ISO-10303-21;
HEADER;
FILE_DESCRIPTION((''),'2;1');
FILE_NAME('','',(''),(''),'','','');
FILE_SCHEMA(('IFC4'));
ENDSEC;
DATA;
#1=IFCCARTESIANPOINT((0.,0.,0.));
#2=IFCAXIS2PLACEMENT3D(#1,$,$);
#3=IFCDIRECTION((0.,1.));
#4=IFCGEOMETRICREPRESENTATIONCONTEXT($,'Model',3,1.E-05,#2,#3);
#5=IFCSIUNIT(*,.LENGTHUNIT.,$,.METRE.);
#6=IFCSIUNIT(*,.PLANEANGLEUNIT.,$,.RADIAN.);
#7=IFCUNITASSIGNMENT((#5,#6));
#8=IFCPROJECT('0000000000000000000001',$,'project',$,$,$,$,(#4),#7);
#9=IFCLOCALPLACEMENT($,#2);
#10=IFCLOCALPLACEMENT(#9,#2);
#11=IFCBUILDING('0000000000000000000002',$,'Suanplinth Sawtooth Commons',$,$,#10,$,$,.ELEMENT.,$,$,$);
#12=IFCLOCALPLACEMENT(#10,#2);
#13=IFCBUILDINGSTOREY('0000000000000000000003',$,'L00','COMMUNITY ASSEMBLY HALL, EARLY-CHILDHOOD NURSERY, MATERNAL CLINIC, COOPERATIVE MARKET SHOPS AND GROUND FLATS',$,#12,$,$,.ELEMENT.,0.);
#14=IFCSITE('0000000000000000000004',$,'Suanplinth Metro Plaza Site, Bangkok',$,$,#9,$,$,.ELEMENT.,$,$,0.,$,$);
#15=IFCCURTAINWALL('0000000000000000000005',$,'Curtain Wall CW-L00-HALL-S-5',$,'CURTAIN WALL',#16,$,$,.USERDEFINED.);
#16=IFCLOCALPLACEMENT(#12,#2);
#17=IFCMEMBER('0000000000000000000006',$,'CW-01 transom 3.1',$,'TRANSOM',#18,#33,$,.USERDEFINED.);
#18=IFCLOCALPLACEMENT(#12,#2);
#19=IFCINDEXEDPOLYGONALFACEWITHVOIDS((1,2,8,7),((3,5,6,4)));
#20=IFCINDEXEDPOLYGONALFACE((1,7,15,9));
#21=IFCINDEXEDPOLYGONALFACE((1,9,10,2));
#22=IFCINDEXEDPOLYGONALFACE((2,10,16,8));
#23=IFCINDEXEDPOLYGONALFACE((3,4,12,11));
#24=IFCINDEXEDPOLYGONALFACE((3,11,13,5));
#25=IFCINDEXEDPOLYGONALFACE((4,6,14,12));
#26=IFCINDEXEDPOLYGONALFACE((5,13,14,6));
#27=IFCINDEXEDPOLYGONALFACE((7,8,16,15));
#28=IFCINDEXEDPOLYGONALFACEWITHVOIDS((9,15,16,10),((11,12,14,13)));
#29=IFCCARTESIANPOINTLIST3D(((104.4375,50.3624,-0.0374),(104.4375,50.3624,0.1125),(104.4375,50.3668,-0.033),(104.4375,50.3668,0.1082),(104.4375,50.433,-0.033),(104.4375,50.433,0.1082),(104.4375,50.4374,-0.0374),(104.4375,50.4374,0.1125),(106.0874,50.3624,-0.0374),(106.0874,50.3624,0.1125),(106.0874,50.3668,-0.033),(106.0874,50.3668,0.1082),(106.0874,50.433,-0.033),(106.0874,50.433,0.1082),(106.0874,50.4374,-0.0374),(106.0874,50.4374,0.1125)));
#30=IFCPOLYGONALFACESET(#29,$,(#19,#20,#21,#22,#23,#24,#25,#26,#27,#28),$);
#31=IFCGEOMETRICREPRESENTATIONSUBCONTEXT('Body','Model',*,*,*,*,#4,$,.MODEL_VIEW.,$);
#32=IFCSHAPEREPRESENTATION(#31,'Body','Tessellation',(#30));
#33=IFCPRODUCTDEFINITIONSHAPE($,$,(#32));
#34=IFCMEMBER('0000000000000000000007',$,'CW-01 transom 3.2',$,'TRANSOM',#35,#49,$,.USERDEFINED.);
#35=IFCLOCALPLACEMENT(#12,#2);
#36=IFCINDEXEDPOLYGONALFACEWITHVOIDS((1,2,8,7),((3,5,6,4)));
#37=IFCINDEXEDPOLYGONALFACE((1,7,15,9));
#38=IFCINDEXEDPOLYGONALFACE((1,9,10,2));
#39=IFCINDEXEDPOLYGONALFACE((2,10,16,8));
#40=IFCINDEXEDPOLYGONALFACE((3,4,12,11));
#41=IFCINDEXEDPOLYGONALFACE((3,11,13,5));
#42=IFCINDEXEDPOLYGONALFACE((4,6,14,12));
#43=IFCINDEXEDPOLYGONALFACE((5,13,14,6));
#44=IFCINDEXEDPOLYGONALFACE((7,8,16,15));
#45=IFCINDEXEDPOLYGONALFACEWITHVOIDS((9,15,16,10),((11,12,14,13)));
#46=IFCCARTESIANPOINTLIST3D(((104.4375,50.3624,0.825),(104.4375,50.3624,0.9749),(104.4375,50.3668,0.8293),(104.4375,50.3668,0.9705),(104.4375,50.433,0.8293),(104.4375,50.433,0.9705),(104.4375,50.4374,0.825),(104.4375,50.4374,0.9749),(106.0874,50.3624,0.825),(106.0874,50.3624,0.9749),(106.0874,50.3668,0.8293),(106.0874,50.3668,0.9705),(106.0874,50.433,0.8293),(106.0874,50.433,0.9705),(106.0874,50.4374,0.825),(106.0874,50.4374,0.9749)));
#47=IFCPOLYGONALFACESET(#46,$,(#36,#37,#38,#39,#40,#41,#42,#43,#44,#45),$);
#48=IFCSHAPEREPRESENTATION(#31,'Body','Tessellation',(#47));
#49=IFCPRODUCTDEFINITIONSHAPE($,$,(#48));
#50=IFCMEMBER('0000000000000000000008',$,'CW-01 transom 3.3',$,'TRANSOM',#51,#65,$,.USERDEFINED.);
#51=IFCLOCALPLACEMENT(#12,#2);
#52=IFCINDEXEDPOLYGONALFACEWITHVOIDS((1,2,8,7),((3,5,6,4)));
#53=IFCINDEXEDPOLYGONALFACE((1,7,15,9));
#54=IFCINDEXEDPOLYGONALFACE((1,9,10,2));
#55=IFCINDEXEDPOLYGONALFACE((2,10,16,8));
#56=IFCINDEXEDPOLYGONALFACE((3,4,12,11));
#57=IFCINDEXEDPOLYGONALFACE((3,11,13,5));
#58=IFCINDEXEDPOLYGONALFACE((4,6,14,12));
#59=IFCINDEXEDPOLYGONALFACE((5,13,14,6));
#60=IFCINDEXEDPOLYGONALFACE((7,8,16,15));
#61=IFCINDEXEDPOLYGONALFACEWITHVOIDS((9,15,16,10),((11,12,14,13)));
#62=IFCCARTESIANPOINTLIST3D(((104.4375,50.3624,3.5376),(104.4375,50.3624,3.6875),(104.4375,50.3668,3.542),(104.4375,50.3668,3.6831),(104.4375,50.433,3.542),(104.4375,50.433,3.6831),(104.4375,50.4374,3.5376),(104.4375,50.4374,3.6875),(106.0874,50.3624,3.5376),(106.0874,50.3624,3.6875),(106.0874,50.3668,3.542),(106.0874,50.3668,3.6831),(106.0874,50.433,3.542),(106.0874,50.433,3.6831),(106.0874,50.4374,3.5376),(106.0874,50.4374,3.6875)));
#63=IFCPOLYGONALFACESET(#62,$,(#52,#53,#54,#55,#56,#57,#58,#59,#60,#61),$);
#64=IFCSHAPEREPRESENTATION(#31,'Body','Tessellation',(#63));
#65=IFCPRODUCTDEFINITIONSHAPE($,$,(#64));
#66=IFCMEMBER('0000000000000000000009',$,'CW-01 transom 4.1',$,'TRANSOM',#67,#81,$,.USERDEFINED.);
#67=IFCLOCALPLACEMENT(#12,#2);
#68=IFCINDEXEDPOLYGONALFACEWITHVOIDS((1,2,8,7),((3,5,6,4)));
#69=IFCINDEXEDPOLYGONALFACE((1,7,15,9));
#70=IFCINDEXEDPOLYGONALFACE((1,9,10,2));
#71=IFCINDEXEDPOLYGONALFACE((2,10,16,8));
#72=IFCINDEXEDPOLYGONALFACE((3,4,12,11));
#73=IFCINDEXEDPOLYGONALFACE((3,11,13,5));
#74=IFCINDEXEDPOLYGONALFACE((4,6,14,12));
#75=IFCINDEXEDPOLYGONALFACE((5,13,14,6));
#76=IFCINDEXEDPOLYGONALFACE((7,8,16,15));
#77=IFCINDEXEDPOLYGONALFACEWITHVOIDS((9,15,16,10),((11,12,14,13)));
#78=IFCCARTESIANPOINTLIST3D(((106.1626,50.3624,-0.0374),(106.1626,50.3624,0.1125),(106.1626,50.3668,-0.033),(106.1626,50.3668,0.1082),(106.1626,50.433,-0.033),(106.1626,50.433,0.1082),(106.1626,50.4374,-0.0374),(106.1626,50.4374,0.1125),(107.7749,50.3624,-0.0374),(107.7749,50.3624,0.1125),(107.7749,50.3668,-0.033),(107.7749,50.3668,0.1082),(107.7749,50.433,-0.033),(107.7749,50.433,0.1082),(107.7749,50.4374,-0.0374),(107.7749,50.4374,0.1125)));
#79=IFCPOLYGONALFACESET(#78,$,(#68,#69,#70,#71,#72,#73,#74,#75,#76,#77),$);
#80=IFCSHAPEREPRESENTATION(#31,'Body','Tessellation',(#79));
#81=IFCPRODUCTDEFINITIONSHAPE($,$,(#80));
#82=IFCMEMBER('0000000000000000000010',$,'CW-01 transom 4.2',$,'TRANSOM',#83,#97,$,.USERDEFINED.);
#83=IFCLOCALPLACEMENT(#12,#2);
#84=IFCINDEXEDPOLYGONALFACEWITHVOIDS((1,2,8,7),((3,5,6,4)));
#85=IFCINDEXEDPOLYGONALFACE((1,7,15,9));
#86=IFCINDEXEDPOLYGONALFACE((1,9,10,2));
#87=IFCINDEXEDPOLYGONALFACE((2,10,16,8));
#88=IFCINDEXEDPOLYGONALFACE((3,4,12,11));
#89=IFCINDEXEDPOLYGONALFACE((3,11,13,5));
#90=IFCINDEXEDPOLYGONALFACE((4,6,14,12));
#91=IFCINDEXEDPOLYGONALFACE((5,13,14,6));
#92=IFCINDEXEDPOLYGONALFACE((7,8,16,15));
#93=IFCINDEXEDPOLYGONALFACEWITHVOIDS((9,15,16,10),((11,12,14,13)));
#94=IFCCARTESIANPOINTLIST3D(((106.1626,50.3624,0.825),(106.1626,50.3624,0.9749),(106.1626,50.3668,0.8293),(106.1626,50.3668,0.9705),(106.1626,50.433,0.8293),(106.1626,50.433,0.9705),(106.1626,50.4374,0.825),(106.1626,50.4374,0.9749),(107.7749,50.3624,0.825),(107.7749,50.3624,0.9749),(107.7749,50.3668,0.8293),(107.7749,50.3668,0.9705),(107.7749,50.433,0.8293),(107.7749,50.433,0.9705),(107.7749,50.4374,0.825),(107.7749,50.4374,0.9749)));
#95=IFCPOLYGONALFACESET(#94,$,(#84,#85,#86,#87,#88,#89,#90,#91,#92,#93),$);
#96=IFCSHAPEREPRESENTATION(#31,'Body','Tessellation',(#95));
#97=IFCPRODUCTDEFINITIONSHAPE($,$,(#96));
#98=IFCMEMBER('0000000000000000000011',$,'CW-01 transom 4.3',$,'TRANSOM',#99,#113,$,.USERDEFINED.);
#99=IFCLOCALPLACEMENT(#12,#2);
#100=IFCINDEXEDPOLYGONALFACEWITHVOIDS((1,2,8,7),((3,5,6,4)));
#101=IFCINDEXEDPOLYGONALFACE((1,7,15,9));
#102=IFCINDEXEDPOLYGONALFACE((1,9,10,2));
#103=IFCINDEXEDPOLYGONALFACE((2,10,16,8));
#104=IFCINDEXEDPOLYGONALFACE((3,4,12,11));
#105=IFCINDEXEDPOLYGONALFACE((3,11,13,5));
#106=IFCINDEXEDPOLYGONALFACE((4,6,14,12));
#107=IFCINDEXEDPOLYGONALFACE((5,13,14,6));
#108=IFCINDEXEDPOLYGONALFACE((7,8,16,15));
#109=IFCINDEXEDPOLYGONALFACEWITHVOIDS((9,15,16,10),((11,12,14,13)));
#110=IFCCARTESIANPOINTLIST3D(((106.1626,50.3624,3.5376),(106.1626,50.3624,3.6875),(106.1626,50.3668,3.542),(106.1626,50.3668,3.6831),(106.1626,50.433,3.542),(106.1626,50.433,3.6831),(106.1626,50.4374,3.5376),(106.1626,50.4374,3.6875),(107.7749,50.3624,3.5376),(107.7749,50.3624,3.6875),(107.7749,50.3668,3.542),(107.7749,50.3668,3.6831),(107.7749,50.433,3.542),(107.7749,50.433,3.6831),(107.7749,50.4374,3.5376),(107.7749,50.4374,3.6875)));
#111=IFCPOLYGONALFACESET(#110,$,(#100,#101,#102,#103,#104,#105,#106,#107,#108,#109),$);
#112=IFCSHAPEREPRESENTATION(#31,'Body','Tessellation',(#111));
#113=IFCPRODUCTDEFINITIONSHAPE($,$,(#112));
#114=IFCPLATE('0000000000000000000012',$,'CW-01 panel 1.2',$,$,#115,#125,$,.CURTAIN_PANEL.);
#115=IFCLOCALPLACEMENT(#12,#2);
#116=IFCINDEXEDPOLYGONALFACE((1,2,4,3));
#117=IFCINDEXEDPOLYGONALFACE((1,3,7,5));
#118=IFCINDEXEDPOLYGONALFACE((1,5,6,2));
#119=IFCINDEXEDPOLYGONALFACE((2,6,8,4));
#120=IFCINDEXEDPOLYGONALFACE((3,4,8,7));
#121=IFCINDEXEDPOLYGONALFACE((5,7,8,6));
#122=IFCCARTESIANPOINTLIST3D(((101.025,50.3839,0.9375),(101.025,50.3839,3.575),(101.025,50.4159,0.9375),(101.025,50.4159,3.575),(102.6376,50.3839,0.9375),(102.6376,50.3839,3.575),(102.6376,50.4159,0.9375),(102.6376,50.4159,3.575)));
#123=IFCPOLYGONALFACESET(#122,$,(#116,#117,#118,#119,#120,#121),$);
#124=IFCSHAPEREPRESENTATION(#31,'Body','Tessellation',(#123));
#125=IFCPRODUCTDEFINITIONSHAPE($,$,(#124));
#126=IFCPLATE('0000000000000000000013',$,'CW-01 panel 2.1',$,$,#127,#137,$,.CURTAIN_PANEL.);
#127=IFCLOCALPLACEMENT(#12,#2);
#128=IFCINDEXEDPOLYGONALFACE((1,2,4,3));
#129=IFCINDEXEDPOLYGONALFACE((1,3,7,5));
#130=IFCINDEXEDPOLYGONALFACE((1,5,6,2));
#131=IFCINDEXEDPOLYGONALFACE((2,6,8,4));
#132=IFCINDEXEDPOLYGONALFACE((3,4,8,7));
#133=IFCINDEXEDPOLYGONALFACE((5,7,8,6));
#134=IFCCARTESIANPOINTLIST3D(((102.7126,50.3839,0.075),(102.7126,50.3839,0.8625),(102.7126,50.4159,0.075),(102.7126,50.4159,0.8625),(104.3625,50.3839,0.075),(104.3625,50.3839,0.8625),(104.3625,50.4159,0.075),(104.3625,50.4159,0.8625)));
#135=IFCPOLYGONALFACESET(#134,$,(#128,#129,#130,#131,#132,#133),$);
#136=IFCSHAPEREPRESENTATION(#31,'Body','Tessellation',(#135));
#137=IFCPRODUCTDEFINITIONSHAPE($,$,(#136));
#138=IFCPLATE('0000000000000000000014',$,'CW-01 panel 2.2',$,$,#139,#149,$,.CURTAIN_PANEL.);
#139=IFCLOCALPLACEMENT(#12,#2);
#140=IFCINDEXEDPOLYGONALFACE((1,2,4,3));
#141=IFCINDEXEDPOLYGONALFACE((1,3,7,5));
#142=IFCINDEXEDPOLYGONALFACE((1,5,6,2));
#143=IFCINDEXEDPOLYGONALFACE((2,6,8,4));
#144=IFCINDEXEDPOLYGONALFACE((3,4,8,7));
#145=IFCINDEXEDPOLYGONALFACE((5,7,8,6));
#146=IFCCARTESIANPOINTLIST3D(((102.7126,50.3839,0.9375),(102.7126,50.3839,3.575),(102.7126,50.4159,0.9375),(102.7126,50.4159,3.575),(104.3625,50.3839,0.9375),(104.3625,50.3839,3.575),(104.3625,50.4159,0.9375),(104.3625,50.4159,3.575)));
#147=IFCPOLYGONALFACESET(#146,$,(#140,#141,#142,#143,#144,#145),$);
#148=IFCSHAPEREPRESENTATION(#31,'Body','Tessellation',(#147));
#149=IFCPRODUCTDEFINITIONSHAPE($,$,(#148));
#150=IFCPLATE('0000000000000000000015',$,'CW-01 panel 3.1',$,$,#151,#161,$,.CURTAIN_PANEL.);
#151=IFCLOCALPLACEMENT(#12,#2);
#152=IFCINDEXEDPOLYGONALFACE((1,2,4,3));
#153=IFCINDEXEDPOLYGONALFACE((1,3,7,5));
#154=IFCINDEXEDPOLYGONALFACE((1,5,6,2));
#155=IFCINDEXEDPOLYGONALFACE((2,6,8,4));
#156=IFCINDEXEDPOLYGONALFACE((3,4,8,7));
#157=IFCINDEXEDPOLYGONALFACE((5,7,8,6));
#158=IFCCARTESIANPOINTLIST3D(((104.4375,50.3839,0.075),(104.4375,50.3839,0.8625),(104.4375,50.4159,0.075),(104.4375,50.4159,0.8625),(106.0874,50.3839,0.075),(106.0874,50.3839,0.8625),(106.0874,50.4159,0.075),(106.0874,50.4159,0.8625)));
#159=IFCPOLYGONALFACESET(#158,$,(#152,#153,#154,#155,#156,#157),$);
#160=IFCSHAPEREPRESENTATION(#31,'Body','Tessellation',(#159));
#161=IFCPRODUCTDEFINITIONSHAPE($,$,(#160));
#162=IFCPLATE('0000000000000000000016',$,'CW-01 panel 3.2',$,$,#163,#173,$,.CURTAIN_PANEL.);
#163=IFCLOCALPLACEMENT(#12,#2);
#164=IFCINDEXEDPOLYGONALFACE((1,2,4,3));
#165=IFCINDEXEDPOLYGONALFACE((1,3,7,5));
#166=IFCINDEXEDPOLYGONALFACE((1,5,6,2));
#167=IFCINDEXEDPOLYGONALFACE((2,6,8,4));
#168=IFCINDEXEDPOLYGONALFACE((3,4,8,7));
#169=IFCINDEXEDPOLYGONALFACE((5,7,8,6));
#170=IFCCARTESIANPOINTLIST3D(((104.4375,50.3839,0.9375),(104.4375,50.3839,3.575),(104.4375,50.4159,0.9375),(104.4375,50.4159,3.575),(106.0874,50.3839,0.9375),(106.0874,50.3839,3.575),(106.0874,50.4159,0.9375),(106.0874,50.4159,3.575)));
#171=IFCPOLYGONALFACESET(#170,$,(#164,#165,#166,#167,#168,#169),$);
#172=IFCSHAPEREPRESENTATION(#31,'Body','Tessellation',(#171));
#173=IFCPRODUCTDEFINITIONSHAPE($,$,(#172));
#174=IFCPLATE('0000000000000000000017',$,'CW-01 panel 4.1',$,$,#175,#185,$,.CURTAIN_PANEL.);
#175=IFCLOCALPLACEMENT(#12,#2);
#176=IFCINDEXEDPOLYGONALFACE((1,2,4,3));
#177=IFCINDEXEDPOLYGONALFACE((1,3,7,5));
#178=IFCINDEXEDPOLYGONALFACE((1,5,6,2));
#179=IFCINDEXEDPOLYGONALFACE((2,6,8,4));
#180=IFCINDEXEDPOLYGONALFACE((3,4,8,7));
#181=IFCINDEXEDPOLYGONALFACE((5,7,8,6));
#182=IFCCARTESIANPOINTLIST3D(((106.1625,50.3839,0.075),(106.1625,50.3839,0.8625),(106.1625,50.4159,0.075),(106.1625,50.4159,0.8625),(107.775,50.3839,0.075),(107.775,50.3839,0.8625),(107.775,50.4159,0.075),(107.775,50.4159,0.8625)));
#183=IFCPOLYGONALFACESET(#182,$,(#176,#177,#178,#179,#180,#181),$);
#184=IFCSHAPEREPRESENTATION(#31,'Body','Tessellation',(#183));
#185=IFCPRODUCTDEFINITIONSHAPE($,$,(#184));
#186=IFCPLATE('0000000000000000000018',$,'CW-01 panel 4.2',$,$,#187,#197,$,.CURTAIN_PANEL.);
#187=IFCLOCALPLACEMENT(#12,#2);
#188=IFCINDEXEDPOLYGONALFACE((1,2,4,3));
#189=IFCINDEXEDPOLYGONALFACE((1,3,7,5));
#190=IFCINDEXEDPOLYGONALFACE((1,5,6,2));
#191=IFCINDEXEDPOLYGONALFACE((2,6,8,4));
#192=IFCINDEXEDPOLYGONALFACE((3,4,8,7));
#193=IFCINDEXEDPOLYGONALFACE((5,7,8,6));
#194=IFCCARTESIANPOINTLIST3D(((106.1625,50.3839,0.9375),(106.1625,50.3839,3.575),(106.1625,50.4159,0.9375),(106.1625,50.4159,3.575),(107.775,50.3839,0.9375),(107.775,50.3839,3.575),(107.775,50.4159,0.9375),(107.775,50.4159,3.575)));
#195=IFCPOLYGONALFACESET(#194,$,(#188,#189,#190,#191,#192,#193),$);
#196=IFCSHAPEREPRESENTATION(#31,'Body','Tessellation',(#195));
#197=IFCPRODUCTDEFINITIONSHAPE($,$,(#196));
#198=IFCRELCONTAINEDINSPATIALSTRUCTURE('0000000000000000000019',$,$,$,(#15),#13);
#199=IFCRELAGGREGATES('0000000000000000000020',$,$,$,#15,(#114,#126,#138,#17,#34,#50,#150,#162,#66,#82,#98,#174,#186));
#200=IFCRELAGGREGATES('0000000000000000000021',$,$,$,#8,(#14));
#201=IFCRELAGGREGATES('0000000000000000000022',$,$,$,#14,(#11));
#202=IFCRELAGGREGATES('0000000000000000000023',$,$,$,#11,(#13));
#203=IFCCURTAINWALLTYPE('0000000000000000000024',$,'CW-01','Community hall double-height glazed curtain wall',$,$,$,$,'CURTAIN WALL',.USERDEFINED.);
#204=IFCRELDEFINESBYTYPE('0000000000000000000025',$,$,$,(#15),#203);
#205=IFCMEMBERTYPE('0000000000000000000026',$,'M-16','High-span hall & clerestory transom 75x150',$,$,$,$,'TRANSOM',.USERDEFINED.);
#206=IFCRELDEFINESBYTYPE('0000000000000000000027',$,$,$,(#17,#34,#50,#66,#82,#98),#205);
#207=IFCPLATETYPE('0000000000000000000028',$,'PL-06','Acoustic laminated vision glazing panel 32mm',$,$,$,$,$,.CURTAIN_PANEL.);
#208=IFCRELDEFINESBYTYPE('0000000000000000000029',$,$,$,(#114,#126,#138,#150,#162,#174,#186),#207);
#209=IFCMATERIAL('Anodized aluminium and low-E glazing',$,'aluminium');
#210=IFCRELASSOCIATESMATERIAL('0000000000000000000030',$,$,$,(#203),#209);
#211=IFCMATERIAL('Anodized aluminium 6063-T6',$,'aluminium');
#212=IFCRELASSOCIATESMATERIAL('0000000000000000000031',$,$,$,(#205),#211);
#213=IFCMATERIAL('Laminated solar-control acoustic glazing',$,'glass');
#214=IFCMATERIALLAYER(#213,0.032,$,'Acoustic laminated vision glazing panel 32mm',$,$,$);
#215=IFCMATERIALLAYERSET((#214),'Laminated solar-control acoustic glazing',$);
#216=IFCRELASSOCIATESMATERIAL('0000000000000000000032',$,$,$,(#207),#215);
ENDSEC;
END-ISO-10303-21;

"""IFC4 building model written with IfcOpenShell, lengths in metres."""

from ifc_helpers import new_model, si_unit, direction, frame, origin, origin_2d, place, context, subcontext, project, spatial, rectangle, hollow_rectangle, extrude, material, layer, layer_set, material_profile, profile_set, type_object, element, aggregate, save


model = new_model("IFC4")

# Units and contexts
model_context = context("Model", 3, precision=1e-05, world=origin(), true_north=direction((0.0, 1.0)))
body_context = subcontext(model_context, "Body", "Model", "MODEL_VIEW")
ifc_project = project(units=[si_unit("LENGTHUNIT", "METRE"), si_unit("PLANEANGLEUNIT", "RADIAN")], contexts=[model_context])

# Site, building, storey
site_placement = place(None, origin())
site = spatial("IfcSite", under=ifc_project, at=site_placement, Name="Suanplinth Metro Plaza Site, Bangkok", CompositionType="ELEMENT", RefElevation=0.0)
building_placement = place(site_placement, origin())
building = spatial("IfcBuilding", under=site, at=building_placement, Name="Suanplinth Sawtooth Commons", CompositionType="ELEMENT")
storey_placement = place(building_placement, origin())
storey = spatial("IfcBuildingStorey", under=building, at=storey_placement, Name="L00", Description="COMMUNITY ASSEMBLY HALL, EARLY-CHILDHOOD NURSERY, MATERNAL CLINIC, COOPERATIVE MARKET SHOPS AND GROUND FLATS", CompositionType="ELEMENT", Elevation=0.0)

# Curtain wall, members, plates
ifc_material_1 = material(Name="Anodized aluminium and low-E glazing", Category="aluminium")
curtain_wall_type = type_object("IfcCurtainWallType", Name="CW-01", Description="Community hall double-height glazed curtain wall", ElementType="CURTAIN WALL", PredefinedType="USERDEFINED", material=ifc_material_1)
curtain_wall_placement = place(storey_placement, origin())
curtain_wall = element("IfcCurtainWall", 1, at=curtain_wall_placement, inside=storey, type_object=curtain_wall_type, Name="Curtain Wall CW-L00-HALL-S-5", ObjectType="CURTAIN WALL", PredefinedType="USERDEFINED")
ifc_material_2 = material(Name="Anodized aluminium 6063-T6", Category="aluminium")
ifc_material_profile_1 = material_profile(ifc_material_2, hollow_rectangle(XDim=0.075, YDim=0.1499, WallThickness=0.0044, at=origin_2d()), Name="ALU-TRN 75x150")
ifc_profile_set_1 = profile_set([ifc_material_profile_1], Name="Anodized aluminium 6063-T6")
member_type_1 = type_object("IfcMemberType", Name="M-16", Description="High-span hall & clerestory transom 75x150", ElementType="TRANSOM", PredefinedType="USERDEFINED", material=ifc_profile_set_1)
member_1_placement = place(storey_placement, frame((104.4375, 50.3999, 0.0376), z_axis=(1.0, 0.0, 0.0), x_axis=(0.0, 1.0, 0.0)))
member_1 = element("IfcMember", 2, at=member_1_placement, type_object=member_type_1, Name="CW-01 transom 3.1", ObjectType="TRANSOM", PredefinedType="USERDEFINED", context=body_context, shape_type="SweptSolid", body=[
    extrude(hollow_rectangle(XDim=0.075, YDim=0.1499, WallThickness=0.0044, at=origin_2d()), origin(), (0.0, 0.0, 1.0), 1.6499),
])
member_2_placement = place(storey_placement, frame((104.4375, 50.3999, 0.8999), z_axis=(1.0, 0.0, 0.0), x_axis=(0.0, 1.0, 0.0)))
member_2 = element("IfcMember", 3, at=member_2_placement, type_object=member_type_1, Name="CW-01 transom 3.2", ObjectType="TRANSOM", PredefinedType="USERDEFINED", context=body_context, shape_type="SweptSolid", body=[
    extrude(hollow_rectangle(XDim=0.075, YDim=0.1499, WallThickness=0.0044, at=origin_2d()), origin(), (0.0, 0.0, 1.0), 1.6499),
])
member_3_placement = place(storey_placement, frame((104.4375, 50.3999, 3.6125), z_axis=(1.0, 0.0, 0.0), x_axis=(0.0, 1.0, 0.0)))
member_3 = element("IfcMember", 4, at=member_3_placement, type_object=member_type_1, Name="CW-01 transom 3.3", ObjectType="TRANSOM", PredefinedType="USERDEFINED", context=body_context, shape_type="SweptSolid", body=[
    extrude(hollow_rectangle(XDim=0.075, YDim=0.1499, WallThickness=0.0044, at=origin_2d()), origin(), (0.0, 0.0, 1.0), 1.6499),
])
member_4_placement = place(storey_placement, frame((106.1626, 50.3999, 0.0376), z_axis=(1.0, 0.0, 0.0), x_axis=(0.0, 1.0, 0.0)))
member_4 = element("IfcMember", 5, at=member_4_placement, type_object=member_type_1, Name="CW-01 transom 4.1", ObjectType="TRANSOM", PredefinedType="USERDEFINED", context=body_context, shape_type="SweptSolid", body=[
    extrude(hollow_rectangle(XDim=0.075, YDim=0.1499, WallThickness=0.0044, at=origin_2d()), origin(), (0.0, 0.0, 1.0), 1.6123),
])
member_5_placement = place(storey_placement, frame((106.1626, 50.3999, 0.8999), z_axis=(1.0, 0.0, 0.0), x_axis=(0.0, 1.0, 0.0)))
member_5 = element("IfcMember", 6, at=member_5_placement, type_object=member_type_1, Name="CW-01 transom 4.2", ObjectType="TRANSOM", PredefinedType="USERDEFINED", context=body_context, shape_type="SweptSolid", body=[
    extrude(hollow_rectangle(XDim=0.075, YDim=0.1499, WallThickness=0.0044, at=origin_2d()), origin(), (0.0, 0.0, 1.0), 1.6123),
])
member_6_placement = place(storey_placement, frame((106.1626, 50.3999, 3.6125), z_axis=(1.0, 0.0, 0.0), x_axis=(0.0, 1.0, 0.0)))
member_6 = element("IfcMember", 7, at=member_6_placement, type_object=member_type_1, Name="CW-01 transom 4.3", ObjectType="TRANSOM", PredefinedType="USERDEFINED", context=body_context, shape_type="SweptSolid", body=[
    extrude(hollow_rectangle(XDim=0.075, YDim=0.1499, WallThickness=0.0044, at=origin_2d()), origin(), (0.0, 0.0, 1.0), 1.6123),
])
ifc_material_3 = material(Name="Laminated solar-control acoustic glazing", Category="glass")
ifc_layer_1 = layer(ifc_material_3, 0.032, Name="Acoustic laminated vision glazing panel 32mm")
ifc_layer_set_1 = layer_set([ifc_layer_1], Name="Laminated solar-control acoustic glazing")
plate_type = type_object("IfcPlateType", Name="PL-06", Description="Acoustic laminated vision glazing panel 32mm", PredefinedType="CURTAIN_PANEL", material=ifc_layer_set_1)
plate_1_placement = place(storey_placement, frame((101.8313, 50.3999, 0.9375), z_axis=(0.0, 0.0, 1.0), x_axis=(1.0, 0.0, 0.0)))
plate_1 = element("IfcPlate", 8, at=plate_1_placement, type_object=plate_type, Name="CW-01 panel 1.2", PredefinedType="CURTAIN_PANEL", context=body_context, shape_type="SweptSolid", body=[
    extrude(rectangle(XDim=1.6125, YDim=0.032, at=origin_2d()), origin(), (0.0, 0.0, 1.0), 2.6375),
])
plate_2_placement = place(storey_placement, frame((103.5376, 50.3999, 0.075), z_axis=(0.0, 0.0, 1.0), x_axis=(1.0, 0.0, 0.0)))
plate_2 = element("IfcPlate", 9, at=plate_2_placement, type_object=plate_type, Name="CW-01 panel 2.1", PredefinedType="CURTAIN_PANEL", context=body_context, shape_type="SweptSolid", body=[
    extrude(rectangle(XDim=1.6499, YDim=0.032, at=origin_2d()), origin(), (0.0, 0.0, 1.0), 0.7876),
])
plate_3_placement = place(storey_placement, frame((103.5376, 50.3999, 0.9375), z_axis=(0.0, 0.0, 1.0), x_axis=(1.0, 0.0, 0.0)))
plate_3 = element("IfcPlate", 10, at=plate_3_placement, type_object=plate_type, Name="CW-01 panel 2.2", PredefinedType="CURTAIN_PANEL", context=body_context, shape_type="SweptSolid", body=[
    extrude(rectangle(XDim=1.6499, YDim=0.032, at=origin_2d()), origin(), (0.0, 0.0, 1.0), 2.6375),
])
plate_4_placement = place(storey_placement, frame((105.2625, 50.3999, 0.075), z_axis=(0.0, 0.0, 1.0), x_axis=(1.0, 0.0, 0.0)))
plate_4 = element("IfcPlate", 11, at=plate_4_placement, type_object=plate_type, Name="CW-01 panel 3.1", PredefinedType="CURTAIN_PANEL", context=body_context, shape_type="SweptSolid", body=[
    extrude(rectangle(XDim=1.6499, YDim=0.032, at=origin_2d()), origin(), (0.0, 0.0, 1.0), 0.7876),
])
plate_5_placement = place(storey_placement, frame((105.2625, 50.3999, 0.9375), z_axis=(0.0, 0.0, 1.0), x_axis=(1.0, 0.0, 0.0)))
plate_5 = element("IfcPlate", 12, at=plate_5_placement, type_object=plate_type, Name="CW-01 panel 3.2", PredefinedType="CURTAIN_PANEL", context=body_context, shape_type="SweptSolid", body=[
    extrude(rectangle(XDim=1.6499, YDim=0.032, at=origin_2d()), origin(), (0.0, 0.0, 1.0), 2.6375),
])
plate_6_placement = place(storey_placement, frame((106.9688, 50.3999, 0.075), z_axis=(0.0, 0.0, 1.0), x_axis=(1.0, 0.0, 0.0)))
plate_6 = element("IfcPlate", 13, at=plate_6_placement, type_object=plate_type, Name="CW-01 panel 4.1", PredefinedType="CURTAIN_PANEL", context=body_context, shape_type="SweptSolid", body=[
    extrude(rectangle(XDim=1.6125, YDim=0.032, at=origin_2d()), origin(), (0.0, 0.0, 1.0), 0.7876),
])
plate_7_placement = place(storey_placement, frame((106.9688, 50.3999, 0.9375), z_axis=(0.0, 0.0, 1.0), x_axis=(1.0, 0.0, 0.0)))
plate_7 = element("IfcPlate", 14, at=plate_7_placement, type_object=plate_type, Name="CW-01 panel 4.2", PredefinedType="CURTAIN_PANEL", context=body_context, shape_type="SweptSolid", body=[
    extrude(rectangle(XDim=1.6125, YDim=0.032, at=origin_2d()), origin(), (0.0, 0.0, 1.0), 2.6375),
])
aggregate(curtain_wall, [plate_1, plate_2, plate_3, member_1, member_2, member_3, plate_4, plate_5, member_4, member_5, member_6, plate_6, plate_7])

save(model, "model.ifc")
